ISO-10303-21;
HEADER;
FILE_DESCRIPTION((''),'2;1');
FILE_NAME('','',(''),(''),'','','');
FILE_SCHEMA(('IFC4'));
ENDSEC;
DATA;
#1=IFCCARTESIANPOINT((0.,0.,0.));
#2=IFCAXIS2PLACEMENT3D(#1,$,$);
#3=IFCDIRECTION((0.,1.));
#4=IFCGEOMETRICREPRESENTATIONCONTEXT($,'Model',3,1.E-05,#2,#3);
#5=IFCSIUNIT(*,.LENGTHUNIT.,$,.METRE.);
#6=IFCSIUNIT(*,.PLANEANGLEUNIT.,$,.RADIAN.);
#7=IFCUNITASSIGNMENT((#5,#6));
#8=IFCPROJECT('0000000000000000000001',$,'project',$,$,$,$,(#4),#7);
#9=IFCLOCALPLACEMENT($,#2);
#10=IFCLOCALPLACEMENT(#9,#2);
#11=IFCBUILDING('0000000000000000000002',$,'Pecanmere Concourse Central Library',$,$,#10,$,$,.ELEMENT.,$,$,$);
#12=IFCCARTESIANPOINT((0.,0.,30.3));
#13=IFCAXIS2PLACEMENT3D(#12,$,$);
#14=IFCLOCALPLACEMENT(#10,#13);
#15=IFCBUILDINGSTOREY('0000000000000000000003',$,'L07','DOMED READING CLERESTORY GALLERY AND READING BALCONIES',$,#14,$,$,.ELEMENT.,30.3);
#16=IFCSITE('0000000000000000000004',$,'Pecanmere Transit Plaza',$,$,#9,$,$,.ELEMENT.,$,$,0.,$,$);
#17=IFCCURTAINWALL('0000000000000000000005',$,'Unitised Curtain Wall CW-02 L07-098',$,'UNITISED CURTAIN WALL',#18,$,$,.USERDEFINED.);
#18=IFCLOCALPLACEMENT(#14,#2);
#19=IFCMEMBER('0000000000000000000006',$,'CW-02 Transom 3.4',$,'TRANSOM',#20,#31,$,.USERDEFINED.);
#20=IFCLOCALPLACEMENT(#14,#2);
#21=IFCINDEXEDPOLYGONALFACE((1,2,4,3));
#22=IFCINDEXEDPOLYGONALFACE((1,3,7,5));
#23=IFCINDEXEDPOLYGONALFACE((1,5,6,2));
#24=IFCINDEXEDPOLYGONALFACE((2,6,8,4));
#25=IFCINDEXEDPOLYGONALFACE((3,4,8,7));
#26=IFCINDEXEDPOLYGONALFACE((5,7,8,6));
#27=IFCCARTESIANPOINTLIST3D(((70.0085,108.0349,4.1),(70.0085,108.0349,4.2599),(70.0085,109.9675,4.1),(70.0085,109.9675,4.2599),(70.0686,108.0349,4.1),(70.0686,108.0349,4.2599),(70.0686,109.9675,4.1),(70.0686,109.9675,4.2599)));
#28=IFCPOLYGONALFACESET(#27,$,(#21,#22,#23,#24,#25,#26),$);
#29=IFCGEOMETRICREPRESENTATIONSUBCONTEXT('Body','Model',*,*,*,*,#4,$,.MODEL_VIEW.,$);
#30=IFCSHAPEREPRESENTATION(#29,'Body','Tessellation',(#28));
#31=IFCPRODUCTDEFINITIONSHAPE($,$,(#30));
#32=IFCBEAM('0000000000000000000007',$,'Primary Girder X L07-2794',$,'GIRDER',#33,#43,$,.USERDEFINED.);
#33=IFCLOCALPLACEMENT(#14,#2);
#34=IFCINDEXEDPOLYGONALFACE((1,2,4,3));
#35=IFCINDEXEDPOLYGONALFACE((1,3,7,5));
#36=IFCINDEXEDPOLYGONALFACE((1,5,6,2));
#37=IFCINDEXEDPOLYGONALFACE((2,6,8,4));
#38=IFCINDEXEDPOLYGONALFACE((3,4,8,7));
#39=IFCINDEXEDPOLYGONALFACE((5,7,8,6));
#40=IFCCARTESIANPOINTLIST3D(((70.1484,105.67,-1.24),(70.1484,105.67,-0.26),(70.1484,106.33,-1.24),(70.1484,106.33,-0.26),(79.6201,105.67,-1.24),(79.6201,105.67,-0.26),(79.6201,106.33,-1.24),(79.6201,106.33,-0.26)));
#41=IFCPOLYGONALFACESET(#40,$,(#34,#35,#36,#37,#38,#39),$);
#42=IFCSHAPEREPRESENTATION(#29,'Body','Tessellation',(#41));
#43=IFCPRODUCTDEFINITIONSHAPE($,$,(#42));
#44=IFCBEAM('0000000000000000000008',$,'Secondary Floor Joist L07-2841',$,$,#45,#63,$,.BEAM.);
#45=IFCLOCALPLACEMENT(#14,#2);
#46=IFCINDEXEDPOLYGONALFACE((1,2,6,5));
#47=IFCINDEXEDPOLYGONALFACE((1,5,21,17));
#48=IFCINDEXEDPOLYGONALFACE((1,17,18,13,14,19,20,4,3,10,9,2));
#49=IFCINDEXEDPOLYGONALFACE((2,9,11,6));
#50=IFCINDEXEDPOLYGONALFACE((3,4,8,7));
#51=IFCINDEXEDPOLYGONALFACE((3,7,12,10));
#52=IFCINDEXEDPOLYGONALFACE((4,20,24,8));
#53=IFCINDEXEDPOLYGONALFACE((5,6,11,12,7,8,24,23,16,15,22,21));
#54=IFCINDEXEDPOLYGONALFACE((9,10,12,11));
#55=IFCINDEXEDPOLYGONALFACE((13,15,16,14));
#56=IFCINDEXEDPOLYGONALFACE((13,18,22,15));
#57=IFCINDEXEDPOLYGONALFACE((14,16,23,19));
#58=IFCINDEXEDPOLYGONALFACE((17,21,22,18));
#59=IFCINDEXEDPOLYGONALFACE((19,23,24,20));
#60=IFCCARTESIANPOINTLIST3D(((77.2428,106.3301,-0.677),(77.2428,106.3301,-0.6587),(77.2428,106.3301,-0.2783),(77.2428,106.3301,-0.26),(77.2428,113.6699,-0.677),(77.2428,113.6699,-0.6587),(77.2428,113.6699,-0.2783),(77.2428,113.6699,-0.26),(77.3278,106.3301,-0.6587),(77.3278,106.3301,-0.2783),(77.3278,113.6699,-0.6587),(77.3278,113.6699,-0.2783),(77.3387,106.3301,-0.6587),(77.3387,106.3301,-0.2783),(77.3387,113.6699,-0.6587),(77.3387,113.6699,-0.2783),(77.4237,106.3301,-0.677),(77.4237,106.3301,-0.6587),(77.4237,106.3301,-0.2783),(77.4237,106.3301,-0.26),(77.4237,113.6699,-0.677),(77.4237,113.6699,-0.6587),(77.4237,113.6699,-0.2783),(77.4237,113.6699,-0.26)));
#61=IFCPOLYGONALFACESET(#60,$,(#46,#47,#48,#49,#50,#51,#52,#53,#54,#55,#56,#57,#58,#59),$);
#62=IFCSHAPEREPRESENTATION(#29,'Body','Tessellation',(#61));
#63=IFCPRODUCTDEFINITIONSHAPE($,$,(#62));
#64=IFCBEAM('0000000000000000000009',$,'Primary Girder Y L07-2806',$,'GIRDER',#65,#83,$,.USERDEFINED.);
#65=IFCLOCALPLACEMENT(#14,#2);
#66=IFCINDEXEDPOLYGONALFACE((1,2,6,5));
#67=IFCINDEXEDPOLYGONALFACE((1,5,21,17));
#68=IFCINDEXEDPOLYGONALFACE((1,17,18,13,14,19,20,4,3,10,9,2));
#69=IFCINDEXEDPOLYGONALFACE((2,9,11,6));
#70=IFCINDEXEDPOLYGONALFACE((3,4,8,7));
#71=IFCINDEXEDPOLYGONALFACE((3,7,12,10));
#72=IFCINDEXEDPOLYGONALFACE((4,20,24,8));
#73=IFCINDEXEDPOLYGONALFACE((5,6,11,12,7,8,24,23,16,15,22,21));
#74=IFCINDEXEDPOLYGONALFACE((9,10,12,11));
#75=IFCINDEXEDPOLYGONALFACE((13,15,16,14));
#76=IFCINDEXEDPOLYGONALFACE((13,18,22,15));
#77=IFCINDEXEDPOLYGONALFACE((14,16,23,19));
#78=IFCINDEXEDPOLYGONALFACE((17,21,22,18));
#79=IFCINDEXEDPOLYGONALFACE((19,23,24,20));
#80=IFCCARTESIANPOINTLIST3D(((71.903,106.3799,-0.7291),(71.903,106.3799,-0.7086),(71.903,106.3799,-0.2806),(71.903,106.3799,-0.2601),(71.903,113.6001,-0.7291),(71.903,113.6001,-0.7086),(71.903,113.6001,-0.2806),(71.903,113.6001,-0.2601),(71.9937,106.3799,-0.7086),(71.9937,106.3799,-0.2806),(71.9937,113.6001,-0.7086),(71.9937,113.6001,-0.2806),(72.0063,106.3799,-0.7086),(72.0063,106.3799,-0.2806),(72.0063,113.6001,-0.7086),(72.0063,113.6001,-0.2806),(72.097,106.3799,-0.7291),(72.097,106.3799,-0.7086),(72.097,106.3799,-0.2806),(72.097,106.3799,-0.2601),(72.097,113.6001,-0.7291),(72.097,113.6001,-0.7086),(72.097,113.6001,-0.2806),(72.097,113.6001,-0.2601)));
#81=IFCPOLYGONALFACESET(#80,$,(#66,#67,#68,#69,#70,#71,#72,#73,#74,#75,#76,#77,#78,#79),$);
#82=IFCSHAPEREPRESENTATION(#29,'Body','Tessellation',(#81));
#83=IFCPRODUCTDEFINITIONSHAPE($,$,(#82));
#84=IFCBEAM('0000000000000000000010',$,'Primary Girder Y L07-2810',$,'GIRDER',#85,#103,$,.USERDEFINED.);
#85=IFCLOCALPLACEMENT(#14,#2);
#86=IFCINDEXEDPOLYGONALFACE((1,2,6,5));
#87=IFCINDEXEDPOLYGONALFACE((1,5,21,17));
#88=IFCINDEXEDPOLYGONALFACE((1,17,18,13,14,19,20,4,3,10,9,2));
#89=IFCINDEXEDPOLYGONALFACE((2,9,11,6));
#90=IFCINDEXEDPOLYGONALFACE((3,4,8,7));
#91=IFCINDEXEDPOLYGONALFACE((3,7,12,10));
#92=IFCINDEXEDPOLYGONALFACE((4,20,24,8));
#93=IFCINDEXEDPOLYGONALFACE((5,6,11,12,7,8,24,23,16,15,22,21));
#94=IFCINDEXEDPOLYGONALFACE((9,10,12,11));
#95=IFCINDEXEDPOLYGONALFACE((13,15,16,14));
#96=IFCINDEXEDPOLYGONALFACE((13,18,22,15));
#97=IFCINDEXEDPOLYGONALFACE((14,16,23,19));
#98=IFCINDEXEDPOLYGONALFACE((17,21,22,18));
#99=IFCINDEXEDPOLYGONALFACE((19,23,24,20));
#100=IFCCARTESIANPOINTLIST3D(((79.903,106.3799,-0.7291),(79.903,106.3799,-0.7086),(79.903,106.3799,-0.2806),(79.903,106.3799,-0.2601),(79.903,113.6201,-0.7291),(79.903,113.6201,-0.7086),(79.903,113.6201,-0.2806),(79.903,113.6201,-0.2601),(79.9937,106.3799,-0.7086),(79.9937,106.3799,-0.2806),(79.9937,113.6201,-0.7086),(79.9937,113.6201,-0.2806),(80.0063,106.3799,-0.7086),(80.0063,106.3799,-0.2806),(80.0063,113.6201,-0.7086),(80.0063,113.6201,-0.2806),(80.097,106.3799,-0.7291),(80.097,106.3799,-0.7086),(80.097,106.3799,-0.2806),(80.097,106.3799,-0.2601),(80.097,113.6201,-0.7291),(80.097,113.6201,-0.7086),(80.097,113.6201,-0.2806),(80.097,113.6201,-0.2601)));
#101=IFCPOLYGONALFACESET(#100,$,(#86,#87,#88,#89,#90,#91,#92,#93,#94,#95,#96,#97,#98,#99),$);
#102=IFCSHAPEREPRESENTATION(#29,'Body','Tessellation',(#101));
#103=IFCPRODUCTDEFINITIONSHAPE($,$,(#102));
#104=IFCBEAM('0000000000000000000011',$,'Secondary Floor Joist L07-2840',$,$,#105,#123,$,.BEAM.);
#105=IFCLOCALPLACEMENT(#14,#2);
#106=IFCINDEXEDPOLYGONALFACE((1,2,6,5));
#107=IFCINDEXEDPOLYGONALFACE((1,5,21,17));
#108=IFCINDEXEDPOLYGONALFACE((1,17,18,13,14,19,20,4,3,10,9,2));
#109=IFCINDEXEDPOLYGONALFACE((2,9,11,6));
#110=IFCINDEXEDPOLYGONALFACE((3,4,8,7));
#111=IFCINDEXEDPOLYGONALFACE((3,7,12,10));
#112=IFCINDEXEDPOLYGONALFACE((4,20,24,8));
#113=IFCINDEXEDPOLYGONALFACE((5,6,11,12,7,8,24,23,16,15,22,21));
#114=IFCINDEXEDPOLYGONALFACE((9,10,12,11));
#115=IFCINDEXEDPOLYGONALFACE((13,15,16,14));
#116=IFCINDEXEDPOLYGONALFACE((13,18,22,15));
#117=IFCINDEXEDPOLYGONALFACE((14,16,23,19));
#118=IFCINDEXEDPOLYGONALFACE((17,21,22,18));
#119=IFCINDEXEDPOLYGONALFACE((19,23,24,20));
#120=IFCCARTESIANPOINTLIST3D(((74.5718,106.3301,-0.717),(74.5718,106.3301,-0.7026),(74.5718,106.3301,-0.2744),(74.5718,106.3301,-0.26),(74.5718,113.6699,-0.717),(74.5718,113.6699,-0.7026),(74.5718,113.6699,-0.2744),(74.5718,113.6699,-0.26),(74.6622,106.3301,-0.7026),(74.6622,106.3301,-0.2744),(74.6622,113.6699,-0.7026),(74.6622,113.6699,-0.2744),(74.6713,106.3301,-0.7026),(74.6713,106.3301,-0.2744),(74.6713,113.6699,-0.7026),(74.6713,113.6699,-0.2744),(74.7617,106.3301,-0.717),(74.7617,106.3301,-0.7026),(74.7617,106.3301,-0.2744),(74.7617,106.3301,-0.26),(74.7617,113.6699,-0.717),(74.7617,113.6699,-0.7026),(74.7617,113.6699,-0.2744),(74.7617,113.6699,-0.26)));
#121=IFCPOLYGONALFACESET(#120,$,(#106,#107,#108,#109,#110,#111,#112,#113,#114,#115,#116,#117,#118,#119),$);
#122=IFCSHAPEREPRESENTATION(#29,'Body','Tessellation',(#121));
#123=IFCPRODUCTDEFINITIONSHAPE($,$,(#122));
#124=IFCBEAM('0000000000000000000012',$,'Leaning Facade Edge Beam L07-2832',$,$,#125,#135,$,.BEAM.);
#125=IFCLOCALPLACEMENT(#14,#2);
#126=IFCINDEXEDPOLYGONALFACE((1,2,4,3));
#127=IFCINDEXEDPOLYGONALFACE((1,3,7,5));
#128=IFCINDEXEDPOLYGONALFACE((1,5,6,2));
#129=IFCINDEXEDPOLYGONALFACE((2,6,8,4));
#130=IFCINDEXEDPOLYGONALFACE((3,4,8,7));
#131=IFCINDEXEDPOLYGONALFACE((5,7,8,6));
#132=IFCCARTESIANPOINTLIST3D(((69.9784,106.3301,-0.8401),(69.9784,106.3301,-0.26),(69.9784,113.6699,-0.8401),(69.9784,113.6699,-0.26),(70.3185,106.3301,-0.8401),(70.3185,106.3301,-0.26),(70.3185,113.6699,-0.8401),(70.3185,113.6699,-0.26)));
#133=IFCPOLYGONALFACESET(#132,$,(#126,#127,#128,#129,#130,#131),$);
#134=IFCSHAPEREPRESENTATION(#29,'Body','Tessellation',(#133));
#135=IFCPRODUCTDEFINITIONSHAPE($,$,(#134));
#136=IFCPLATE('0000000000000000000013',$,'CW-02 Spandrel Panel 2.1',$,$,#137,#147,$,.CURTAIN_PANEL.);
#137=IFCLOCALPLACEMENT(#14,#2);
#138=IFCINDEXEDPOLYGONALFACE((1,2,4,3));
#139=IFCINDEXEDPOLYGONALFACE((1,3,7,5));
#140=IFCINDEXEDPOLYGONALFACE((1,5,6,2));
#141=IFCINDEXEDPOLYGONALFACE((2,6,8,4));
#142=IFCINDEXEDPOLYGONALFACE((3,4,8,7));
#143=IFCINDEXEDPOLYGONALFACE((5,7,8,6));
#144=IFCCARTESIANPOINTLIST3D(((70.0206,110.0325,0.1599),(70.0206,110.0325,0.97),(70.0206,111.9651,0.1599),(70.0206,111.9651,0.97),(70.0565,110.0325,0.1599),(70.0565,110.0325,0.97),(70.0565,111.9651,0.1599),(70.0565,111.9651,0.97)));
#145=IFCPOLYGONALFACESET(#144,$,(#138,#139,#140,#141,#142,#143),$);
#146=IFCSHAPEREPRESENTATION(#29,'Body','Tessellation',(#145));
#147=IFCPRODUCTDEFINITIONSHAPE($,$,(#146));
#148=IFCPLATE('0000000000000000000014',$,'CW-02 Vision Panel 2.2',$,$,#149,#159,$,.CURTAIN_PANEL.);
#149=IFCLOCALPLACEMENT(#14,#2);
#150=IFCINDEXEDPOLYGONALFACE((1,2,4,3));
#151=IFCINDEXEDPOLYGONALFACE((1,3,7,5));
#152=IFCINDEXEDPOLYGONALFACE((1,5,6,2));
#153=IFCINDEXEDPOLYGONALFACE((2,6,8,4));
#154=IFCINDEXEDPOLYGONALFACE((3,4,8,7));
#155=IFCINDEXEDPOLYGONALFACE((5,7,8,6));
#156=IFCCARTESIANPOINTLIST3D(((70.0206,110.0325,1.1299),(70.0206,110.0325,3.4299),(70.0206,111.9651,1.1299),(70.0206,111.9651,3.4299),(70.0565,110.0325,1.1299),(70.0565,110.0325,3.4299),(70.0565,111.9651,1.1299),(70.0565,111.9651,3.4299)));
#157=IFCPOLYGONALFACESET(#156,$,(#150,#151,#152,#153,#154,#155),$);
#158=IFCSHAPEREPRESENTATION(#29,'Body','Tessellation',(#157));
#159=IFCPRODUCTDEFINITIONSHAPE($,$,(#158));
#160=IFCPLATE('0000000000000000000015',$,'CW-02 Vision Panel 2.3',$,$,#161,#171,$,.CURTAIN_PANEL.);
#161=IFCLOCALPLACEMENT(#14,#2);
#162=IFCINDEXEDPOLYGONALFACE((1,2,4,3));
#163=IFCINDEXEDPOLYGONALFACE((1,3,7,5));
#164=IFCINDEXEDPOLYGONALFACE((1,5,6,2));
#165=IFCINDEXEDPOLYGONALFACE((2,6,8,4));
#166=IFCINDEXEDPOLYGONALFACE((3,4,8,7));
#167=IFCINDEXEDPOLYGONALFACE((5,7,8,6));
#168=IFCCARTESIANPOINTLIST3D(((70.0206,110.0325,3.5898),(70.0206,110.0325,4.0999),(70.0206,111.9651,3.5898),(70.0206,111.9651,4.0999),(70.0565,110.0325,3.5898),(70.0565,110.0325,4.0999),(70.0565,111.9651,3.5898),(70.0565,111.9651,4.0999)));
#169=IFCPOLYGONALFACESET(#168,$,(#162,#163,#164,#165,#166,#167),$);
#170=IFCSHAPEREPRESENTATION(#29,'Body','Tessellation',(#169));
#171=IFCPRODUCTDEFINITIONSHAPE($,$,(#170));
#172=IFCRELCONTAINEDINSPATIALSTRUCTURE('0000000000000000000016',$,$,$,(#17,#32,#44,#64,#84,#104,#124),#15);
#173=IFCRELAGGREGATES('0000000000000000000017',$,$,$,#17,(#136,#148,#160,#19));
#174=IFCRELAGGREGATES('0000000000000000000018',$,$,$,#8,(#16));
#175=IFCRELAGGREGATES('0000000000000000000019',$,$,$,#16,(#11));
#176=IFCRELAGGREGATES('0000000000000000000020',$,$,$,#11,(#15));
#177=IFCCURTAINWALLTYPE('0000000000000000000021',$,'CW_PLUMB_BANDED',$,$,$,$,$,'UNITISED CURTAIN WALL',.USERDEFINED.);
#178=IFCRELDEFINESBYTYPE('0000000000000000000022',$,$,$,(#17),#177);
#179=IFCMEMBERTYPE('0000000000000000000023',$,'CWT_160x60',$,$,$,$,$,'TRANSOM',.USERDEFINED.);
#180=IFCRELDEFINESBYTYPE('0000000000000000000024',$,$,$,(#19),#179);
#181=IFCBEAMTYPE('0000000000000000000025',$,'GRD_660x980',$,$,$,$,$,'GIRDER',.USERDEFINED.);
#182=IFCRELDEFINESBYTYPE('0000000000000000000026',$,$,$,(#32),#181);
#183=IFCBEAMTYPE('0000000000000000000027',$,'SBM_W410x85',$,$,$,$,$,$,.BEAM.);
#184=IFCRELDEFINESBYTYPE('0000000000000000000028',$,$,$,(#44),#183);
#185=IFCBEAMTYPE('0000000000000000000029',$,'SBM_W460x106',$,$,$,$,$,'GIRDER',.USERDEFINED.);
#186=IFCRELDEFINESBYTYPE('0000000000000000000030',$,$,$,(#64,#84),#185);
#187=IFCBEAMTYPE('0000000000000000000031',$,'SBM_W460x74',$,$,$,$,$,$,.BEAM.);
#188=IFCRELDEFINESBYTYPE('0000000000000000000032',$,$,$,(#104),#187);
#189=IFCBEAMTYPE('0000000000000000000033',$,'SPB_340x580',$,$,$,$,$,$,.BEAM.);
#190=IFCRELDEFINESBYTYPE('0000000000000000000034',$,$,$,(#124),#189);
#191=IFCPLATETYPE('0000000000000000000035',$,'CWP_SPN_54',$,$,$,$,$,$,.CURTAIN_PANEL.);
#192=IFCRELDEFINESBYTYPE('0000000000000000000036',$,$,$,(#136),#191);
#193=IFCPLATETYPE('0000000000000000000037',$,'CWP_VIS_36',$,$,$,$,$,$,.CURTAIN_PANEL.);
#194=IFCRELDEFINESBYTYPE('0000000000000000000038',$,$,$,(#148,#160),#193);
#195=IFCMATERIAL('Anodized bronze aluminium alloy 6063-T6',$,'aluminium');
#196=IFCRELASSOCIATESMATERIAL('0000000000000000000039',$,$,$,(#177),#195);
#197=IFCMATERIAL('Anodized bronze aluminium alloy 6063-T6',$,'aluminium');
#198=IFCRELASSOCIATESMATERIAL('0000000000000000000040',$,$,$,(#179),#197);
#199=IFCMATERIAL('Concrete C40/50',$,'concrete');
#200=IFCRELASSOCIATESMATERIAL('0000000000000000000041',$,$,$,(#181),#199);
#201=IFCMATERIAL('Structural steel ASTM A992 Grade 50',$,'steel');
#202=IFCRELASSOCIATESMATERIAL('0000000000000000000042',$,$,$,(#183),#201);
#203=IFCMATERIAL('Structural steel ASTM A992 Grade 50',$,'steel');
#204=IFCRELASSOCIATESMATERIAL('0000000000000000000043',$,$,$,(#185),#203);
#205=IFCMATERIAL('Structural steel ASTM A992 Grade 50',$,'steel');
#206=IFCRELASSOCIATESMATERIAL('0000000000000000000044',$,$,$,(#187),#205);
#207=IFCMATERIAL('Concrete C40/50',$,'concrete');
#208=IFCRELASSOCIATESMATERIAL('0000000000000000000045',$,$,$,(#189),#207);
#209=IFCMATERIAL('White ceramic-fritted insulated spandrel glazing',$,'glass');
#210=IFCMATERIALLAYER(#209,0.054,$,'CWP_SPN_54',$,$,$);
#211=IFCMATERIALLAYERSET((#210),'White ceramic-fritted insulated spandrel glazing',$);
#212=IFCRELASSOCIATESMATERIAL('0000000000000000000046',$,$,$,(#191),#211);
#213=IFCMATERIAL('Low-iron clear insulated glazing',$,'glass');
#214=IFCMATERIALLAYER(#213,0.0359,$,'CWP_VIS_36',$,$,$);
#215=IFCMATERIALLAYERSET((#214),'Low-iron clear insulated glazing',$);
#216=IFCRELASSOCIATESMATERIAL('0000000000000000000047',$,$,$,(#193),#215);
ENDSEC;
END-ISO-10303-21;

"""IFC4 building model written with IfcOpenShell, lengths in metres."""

from ifc_helpers import new_model, si_unit, direction, frame, origin, origin_2d, place, context, subcontext, project, spatial, rectangle, i_section, extrude, material, layer, layer_set, material_profile, profile_set, type_object, element, aggregate, save


model = new_model("IFC4")

# Units and contexts
model_context = context("Model", 3, precision=1e-05, world=origin(), true_north=direction((0.0, 1.0)))
body_context = subcontext(model_context, "Body", "Model", "MODEL_VIEW")
ifc_project = project(units=[si_unit("LENGTHUNIT", "METRE"), si_unit("PLANEANGLEUNIT", "RADIAN")], contexts=[model_context])

# Site, building, storey
site_placement = place(None, origin())
site = spatial("IfcSite", under=ifc_project, at=site_placement, Name="Pecanmere Transit Plaza", CompositionType="ELEMENT", RefElevation=0.0)
building_placement = place(site_placement, origin())
building = spatial("IfcBuilding", under=site, at=building_placement, Name="Pecanmere Concourse Central Library", CompositionType="ELEMENT")
storey_placement = place(building_placement, frame((0.0, 0.0, 30.3)))
storey = spatial("IfcBuildingStorey", under=building, at=storey_placement, Name="L07", Description="DOMED READING CLERESTORY GALLERY AND READING BALCONIES", CompositionType="ELEMENT", Elevation=30.3)

# Curtain wall, member
ifc_material_1 = material(Name="Anodized bronze aluminium alloy 6063-T6", Category="aluminium")
curtain_wall_type = type_object("IfcCurtainWallType", Name="CW_PLUMB_BANDED", ElementType="UNITISED CURTAIN WALL", PredefinedType="USERDEFINED", material=ifc_material_1)
curtain_wall_placement = place(storey_placement, origin())
curtain_wall = element("IfcCurtainWall", 1, at=curtain_wall_placement, inside=storey, type_object=curtain_wall_type, Name="Unitised Curtain Wall CW-02 L07-098", ObjectType="UNITISED CURTAIN WALL", PredefinedType="USERDEFINED")
ifc_material_2 = material(Name="Anodized bronze aluminium alloy 6063-T6", Category="aluminium")
ifc_material_profile_1 = material_profile(ifc_material_2, rectangle(XDim=0.0601, YDim=0.1599, at=origin_2d()), Name="AL 60x160")
ifc_profile_set_1 = profile_set([ifc_material_profile_1], Name="Anodized bronze aluminium alloy 6063-T6")
member_type_1 = type_object("IfcMemberType", Name="CWT_160x60", ElementType="TRANSOM", PredefinedType="USERDEFINED", material=ifc_profile_set_1)
member_1_placement = place(storey_placement, frame((70.0386, 109.9675, 4.1799), z_axis=(0.0, -1.0, 0.0), x_axis=(1.0, 0.0, 0.0)))
member_1 = element("IfcMember", 2, at=member_1_placement, type_object=member_type_1, Name="CW-02 Transom 3.4", ObjectType="TRANSOM", PredefinedType="USERDEFINED", context=body_context, shape_type="SweptSolid", body=[
    extrude(rectangle(XDim=0.0601, YDim=0.1599, at=origin_2d()), origin(), (0.0, 0.0, 1.0), 1.9326),
])

# Beams
ifc_material_3 = material(Name="Concrete C40/50", Category="concrete")
ifc_material_profile_2 = material_profile(ifc_material_3, rectangle(XDim=0.6599, YDim=0.98, at=origin_2d()), Name="RC 660x980")
ifc_profile_set_2 = profile_set([ifc_material_profile_2], Name="Concrete C40/50")
beam_type_1 = type_object("IfcBeamType", Name="GRD_660x980", ElementType="GIRDER", PredefinedType="USERDEFINED", material=ifc_profile_set_2)
beam_1_placement = place(storey_placement, frame((70.1484, 106.0, -0.75), z_axis=(1.0, 0.0, 0.0), x_axis=(0.0, 1.0, 0.0)))
element("IfcBeam", 3, at=beam_1_placement, inside=storey, type_object=beam_type_1, Name="Primary Girder X L07-2794", ObjectType="GIRDER", PredefinedType="USERDEFINED", context=body_context, shape_type="SweptSolid", body=[
    extrude(rectangle(XDim=0.6599, YDim=0.98, at=origin_2d()), origin(), (0.0, 0.0, 1.0), 9.4717),
])
ifc_material_4 = material(Name="Structural steel ASTM A992 Grade 50", Category="steel")
ifc_material_profile_3 = material_profile(ifc_material_4, i_section(OverallWidth=0.1809, OverallDepth=0.417, WebThickness=0.011, FlangeThickness=0.0183, at=origin_2d()), Name="W410x85")
ifc_profile_set_3 = profile_set([ifc_material_profile_3], Name="Structural steel ASTM A992 Grade 50")
beam_type_2 = type_object("IfcBeamType", Name="SBM_W410x85", PredefinedType="BEAM", material=ifc_profile_set_3)
beam_2_placement = place(storey_placement, frame((77.3333, 106.3301, -0.4685), z_axis=(0.0, 1.0, 0.0), x_axis=(-1.0, 0.0, 0.0)))
element("IfcBeam", 4, at=beam_2_placement, inside=storey, type_object=beam_type_2, Name="Secondary Floor Joist L07-2841", PredefinedType="BEAM", context=body_context, shape_type="SweptSolid", body=[
    extrude(i_section(OverallWidth=0.1809, OverallDepth=0.417, WebThickness=0.011, FlangeThickness=0.0183, at=origin_2d()), origin(), (0.0, 0.0, 1.0), 7.3398),
])
ifc_material_5 = material(Name="Structural steel ASTM A992 Grade 50", Category="steel")
ifc_material_profile_4 = material_profile(ifc_material_5, i_section(OverallWidth=0.1941, OverallDepth=0.469, WebThickness=0.0127, FlangeThickness=0.0205, at=origin_2d()), Name="W460x106")
ifc_profile_set_4 = profile_set([ifc_material_profile_4], Name="Structural steel ASTM A992 Grade 50")
beam_type_3 = type_object("IfcBeamType", Name="SBM_W460x106", ElementType="GIRDER", PredefinedType="USERDEFINED", material=ifc_profile_set_4)
beam_3_placement = place(storey_placement, frame((72.0, 106.3799, -0.4946), z_axis=(0.0, 1.0, 0.0), x_axis=(-1.0, 0.0, 0.0)))
element("IfcBeam", 5, at=beam_3_placement, inside=storey, type_object=beam_type_3, Name="Primary Girder Y L07-2806", ObjectType="GIRDER", PredefinedType="USERDEFINED", context=body_context, shape_type="SweptSolid", body=[
    extrude(i_section(OverallWidth=0.1941, OverallDepth=0.469, WebThickness=0.0127, FlangeThickness=0.0205, at=origin_2d()), origin(), (0.0, 0.0, 1.0), 7.2202),
])
beam_4_placement = place(storey_placement, frame((80.0, 106.3799, -0.4946), z_axis=(0.0, 1.0, 0.0), x_axis=(-1.0, 0.0, 0.0)))
element("IfcBeam", 6, at=beam_4_placement, inside=storey, type_object=beam_type_3, Name="Primary Girder Y L07-2810", ObjectType="GIRDER", PredefinedType="USERDEFINED", context=body_context, shape_type="SweptSolid", body=[
    extrude(i_section(OverallWidth=0.1941, OverallDepth=0.469, WebThickness=0.0127, FlangeThickness=0.0205, at=origin_2d()), origin(), (0.0, 0.0, 1.0), 7.2402),
])
ifc_material_6 = material(Name="Structural steel ASTM A992 Grade 50", Category="steel")
ifc_material_profile_5 = material_profile(ifc_material_6, i_section(OverallWidth=0.1899, OverallDepth=0.457, WebThickness=0.009, FlangeThickness=0.0144, at=origin_2d()), Name="W460x74")
ifc_profile_set_5 = profile_set([ifc_material_profile_5], Name="Structural steel ASTM A992 Grade 50")
beam_type_4 = type_object("IfcBeamType", Name="SBM_W460x74", PredefinedType="BEAM", material=ifc_profile_set_5)
beam_5_placement = place(storey_placement, frame((74.6667, 106.3301, -0.4885), z_axis=(0.0, 1.0, 0.0), x_axis=(-1.0, 0.0, 0.0)))
element("IfcBeam", 7, at=beam_5_placement, inside=storey, type_object=beam_type_4, Name="Secondary Floor Joist L07-2840", PredefinedType="BEAM", context=body_context, shape_type="SweptSolid", body=[
    extrude(i_section(OverallWidth=0.1899, OverallDepth=0.457, WebThickness=0.009, FlangeThickness=0.0144, at=origin_2d()), origin(), (0.0, 0.0, 1.0), 7.3398),
])
ifc_material_7 = material(Name="Concrete C40/50", Category="concrete")
ifc_material_profile_6 = material_profile(ifc_material_7, rectangle(XDim=0.3401, YDim=0.5801, at=origin_2d()), Name="RC 340x580")
ifc_profile_set_6 = profile_set([ifc_material_profile_6], Name="Concrete C40/50")
beam_type_5 = type_object("IfcBeamType", Name="SPB_340x580", PredefinedType="BEAM", material=ifc_profile_set_6)
beam_6_placement = place(storey_placement, frame((70.1484, 106.3301, -0.55), z_axis=(0.0, 1.0, 0.0), x_axis=(-1.0, 0.0, 0.0)))
element("IfcBeam", 8, at=beam_6_placement, inside=storey, type_object=beam_type_5, Name="Leaning Facade Edge Beam L07-2832", PredefinedType="BEAM", context=body_context, shape_type="SweptSolid", body=[
    extrude(rectangle(XDim=0.3401, YDim=0.5801, at=origin_2d()), origin(), (0.0, 0.0, 1.0), 7.3398),
])

# Plates
ifc_material_8 = material(Name="White ceramic-fritted insulated spandrel glazing", Category="glass")
ifc_layer_1 = layer(ifc_material_8, 0.054, Name="CWP_SPN_54")
ifc_layer_set_1 = layer_set([ifc_layer_1], Name="White ceramic-fritted insulated spandrel glazing")
plate_type_1 = type_object("IfcPlateType", Name="CWP_SPN_54", PredefinedType="CURTAIN_PANEL", material=ifc_layer_set_1)
plate_1_placement = place(storey_placement, frame((70.0386, 110.9988, 0.1599), z_axis=(0.0, 0.0, 1.0), x_axis=(0.0, -1.0, 0.0)))
plate_1 = element("IfcPlate", 9, at=plate_1_placement, type_object=plate_type_1, Name="CW-02 Spandrel Panel 2.1", PredefinedType="CURTAIN_PANEL", context=body_context, shape_type="SweptSolid", body=[
    extrude(rectangle(XDim=1.9326, YDim=0.0359, at=origin_2d()), origin(), (0.0, 0.0, 1.0), 0.8101),
])
ifc_material_9 = material(Name="Low-iron clear insulated glazing", Category="glass")
ifc_layer_2 = layer(ifc_material_9, 0.0359, Name="CWP_VIS_36")
ifc_layer_set_2 = layer_set([ifc_layer_2], Name="Low-iron clear insulated glazing")
plate_type_2 = type_object("IfcPlateType", Name="CWP_VIS_36", PredefinedType="CURTAIN_PANEL", material=ifc_layer_set_2)
plate_2_placement = place(storey_placement, frame((70.0386, 110.9988, 1.1299), z_axis=(0.0, 0.0, 1.0), x_axis=(0.0, -1.0, 0.0)))
plate_2 = element("IfcPlate", 10, at=plate_2_placement, type_object=plate_type_2, Name="CW-02 Vision Panel 2.2", PredefinedType="CURTAIN_PANEL", context=body_context, shape_type="SweptSolid", body=[
    extrude(rectangle(XDim=1.9326, YDim=0.0359, at=origin_2d()), origin(), (0.0, 0.0, 1.0), 2.3),
])
plate_3_placement = place(storey_placement, frame((70.0386, 110.9988, 3.5898), z_axis=(0.0, 0.0, 1.0), x_axis=(0.0, -1.0, 0.0)))
plate_3 = element("IfcPlate", 11, at=plate_3_placement, type_object=plate_type_2, Name="CW-02 Vision Panel 2.3", PredefinedType="CURTAIN_PANEL", context=body_context, shape_type="SweptSolid", body=[
    extrude(rectangle(XDim=1.9326, YDim=0.0359, at=origin_2d()), origin(), (0.0, 0.0, 1.0), 0.51),
])
aggregate(curtain_wall, [plate_1, plate_2, plate_3, member_1])

save(model, "model.ifc")
